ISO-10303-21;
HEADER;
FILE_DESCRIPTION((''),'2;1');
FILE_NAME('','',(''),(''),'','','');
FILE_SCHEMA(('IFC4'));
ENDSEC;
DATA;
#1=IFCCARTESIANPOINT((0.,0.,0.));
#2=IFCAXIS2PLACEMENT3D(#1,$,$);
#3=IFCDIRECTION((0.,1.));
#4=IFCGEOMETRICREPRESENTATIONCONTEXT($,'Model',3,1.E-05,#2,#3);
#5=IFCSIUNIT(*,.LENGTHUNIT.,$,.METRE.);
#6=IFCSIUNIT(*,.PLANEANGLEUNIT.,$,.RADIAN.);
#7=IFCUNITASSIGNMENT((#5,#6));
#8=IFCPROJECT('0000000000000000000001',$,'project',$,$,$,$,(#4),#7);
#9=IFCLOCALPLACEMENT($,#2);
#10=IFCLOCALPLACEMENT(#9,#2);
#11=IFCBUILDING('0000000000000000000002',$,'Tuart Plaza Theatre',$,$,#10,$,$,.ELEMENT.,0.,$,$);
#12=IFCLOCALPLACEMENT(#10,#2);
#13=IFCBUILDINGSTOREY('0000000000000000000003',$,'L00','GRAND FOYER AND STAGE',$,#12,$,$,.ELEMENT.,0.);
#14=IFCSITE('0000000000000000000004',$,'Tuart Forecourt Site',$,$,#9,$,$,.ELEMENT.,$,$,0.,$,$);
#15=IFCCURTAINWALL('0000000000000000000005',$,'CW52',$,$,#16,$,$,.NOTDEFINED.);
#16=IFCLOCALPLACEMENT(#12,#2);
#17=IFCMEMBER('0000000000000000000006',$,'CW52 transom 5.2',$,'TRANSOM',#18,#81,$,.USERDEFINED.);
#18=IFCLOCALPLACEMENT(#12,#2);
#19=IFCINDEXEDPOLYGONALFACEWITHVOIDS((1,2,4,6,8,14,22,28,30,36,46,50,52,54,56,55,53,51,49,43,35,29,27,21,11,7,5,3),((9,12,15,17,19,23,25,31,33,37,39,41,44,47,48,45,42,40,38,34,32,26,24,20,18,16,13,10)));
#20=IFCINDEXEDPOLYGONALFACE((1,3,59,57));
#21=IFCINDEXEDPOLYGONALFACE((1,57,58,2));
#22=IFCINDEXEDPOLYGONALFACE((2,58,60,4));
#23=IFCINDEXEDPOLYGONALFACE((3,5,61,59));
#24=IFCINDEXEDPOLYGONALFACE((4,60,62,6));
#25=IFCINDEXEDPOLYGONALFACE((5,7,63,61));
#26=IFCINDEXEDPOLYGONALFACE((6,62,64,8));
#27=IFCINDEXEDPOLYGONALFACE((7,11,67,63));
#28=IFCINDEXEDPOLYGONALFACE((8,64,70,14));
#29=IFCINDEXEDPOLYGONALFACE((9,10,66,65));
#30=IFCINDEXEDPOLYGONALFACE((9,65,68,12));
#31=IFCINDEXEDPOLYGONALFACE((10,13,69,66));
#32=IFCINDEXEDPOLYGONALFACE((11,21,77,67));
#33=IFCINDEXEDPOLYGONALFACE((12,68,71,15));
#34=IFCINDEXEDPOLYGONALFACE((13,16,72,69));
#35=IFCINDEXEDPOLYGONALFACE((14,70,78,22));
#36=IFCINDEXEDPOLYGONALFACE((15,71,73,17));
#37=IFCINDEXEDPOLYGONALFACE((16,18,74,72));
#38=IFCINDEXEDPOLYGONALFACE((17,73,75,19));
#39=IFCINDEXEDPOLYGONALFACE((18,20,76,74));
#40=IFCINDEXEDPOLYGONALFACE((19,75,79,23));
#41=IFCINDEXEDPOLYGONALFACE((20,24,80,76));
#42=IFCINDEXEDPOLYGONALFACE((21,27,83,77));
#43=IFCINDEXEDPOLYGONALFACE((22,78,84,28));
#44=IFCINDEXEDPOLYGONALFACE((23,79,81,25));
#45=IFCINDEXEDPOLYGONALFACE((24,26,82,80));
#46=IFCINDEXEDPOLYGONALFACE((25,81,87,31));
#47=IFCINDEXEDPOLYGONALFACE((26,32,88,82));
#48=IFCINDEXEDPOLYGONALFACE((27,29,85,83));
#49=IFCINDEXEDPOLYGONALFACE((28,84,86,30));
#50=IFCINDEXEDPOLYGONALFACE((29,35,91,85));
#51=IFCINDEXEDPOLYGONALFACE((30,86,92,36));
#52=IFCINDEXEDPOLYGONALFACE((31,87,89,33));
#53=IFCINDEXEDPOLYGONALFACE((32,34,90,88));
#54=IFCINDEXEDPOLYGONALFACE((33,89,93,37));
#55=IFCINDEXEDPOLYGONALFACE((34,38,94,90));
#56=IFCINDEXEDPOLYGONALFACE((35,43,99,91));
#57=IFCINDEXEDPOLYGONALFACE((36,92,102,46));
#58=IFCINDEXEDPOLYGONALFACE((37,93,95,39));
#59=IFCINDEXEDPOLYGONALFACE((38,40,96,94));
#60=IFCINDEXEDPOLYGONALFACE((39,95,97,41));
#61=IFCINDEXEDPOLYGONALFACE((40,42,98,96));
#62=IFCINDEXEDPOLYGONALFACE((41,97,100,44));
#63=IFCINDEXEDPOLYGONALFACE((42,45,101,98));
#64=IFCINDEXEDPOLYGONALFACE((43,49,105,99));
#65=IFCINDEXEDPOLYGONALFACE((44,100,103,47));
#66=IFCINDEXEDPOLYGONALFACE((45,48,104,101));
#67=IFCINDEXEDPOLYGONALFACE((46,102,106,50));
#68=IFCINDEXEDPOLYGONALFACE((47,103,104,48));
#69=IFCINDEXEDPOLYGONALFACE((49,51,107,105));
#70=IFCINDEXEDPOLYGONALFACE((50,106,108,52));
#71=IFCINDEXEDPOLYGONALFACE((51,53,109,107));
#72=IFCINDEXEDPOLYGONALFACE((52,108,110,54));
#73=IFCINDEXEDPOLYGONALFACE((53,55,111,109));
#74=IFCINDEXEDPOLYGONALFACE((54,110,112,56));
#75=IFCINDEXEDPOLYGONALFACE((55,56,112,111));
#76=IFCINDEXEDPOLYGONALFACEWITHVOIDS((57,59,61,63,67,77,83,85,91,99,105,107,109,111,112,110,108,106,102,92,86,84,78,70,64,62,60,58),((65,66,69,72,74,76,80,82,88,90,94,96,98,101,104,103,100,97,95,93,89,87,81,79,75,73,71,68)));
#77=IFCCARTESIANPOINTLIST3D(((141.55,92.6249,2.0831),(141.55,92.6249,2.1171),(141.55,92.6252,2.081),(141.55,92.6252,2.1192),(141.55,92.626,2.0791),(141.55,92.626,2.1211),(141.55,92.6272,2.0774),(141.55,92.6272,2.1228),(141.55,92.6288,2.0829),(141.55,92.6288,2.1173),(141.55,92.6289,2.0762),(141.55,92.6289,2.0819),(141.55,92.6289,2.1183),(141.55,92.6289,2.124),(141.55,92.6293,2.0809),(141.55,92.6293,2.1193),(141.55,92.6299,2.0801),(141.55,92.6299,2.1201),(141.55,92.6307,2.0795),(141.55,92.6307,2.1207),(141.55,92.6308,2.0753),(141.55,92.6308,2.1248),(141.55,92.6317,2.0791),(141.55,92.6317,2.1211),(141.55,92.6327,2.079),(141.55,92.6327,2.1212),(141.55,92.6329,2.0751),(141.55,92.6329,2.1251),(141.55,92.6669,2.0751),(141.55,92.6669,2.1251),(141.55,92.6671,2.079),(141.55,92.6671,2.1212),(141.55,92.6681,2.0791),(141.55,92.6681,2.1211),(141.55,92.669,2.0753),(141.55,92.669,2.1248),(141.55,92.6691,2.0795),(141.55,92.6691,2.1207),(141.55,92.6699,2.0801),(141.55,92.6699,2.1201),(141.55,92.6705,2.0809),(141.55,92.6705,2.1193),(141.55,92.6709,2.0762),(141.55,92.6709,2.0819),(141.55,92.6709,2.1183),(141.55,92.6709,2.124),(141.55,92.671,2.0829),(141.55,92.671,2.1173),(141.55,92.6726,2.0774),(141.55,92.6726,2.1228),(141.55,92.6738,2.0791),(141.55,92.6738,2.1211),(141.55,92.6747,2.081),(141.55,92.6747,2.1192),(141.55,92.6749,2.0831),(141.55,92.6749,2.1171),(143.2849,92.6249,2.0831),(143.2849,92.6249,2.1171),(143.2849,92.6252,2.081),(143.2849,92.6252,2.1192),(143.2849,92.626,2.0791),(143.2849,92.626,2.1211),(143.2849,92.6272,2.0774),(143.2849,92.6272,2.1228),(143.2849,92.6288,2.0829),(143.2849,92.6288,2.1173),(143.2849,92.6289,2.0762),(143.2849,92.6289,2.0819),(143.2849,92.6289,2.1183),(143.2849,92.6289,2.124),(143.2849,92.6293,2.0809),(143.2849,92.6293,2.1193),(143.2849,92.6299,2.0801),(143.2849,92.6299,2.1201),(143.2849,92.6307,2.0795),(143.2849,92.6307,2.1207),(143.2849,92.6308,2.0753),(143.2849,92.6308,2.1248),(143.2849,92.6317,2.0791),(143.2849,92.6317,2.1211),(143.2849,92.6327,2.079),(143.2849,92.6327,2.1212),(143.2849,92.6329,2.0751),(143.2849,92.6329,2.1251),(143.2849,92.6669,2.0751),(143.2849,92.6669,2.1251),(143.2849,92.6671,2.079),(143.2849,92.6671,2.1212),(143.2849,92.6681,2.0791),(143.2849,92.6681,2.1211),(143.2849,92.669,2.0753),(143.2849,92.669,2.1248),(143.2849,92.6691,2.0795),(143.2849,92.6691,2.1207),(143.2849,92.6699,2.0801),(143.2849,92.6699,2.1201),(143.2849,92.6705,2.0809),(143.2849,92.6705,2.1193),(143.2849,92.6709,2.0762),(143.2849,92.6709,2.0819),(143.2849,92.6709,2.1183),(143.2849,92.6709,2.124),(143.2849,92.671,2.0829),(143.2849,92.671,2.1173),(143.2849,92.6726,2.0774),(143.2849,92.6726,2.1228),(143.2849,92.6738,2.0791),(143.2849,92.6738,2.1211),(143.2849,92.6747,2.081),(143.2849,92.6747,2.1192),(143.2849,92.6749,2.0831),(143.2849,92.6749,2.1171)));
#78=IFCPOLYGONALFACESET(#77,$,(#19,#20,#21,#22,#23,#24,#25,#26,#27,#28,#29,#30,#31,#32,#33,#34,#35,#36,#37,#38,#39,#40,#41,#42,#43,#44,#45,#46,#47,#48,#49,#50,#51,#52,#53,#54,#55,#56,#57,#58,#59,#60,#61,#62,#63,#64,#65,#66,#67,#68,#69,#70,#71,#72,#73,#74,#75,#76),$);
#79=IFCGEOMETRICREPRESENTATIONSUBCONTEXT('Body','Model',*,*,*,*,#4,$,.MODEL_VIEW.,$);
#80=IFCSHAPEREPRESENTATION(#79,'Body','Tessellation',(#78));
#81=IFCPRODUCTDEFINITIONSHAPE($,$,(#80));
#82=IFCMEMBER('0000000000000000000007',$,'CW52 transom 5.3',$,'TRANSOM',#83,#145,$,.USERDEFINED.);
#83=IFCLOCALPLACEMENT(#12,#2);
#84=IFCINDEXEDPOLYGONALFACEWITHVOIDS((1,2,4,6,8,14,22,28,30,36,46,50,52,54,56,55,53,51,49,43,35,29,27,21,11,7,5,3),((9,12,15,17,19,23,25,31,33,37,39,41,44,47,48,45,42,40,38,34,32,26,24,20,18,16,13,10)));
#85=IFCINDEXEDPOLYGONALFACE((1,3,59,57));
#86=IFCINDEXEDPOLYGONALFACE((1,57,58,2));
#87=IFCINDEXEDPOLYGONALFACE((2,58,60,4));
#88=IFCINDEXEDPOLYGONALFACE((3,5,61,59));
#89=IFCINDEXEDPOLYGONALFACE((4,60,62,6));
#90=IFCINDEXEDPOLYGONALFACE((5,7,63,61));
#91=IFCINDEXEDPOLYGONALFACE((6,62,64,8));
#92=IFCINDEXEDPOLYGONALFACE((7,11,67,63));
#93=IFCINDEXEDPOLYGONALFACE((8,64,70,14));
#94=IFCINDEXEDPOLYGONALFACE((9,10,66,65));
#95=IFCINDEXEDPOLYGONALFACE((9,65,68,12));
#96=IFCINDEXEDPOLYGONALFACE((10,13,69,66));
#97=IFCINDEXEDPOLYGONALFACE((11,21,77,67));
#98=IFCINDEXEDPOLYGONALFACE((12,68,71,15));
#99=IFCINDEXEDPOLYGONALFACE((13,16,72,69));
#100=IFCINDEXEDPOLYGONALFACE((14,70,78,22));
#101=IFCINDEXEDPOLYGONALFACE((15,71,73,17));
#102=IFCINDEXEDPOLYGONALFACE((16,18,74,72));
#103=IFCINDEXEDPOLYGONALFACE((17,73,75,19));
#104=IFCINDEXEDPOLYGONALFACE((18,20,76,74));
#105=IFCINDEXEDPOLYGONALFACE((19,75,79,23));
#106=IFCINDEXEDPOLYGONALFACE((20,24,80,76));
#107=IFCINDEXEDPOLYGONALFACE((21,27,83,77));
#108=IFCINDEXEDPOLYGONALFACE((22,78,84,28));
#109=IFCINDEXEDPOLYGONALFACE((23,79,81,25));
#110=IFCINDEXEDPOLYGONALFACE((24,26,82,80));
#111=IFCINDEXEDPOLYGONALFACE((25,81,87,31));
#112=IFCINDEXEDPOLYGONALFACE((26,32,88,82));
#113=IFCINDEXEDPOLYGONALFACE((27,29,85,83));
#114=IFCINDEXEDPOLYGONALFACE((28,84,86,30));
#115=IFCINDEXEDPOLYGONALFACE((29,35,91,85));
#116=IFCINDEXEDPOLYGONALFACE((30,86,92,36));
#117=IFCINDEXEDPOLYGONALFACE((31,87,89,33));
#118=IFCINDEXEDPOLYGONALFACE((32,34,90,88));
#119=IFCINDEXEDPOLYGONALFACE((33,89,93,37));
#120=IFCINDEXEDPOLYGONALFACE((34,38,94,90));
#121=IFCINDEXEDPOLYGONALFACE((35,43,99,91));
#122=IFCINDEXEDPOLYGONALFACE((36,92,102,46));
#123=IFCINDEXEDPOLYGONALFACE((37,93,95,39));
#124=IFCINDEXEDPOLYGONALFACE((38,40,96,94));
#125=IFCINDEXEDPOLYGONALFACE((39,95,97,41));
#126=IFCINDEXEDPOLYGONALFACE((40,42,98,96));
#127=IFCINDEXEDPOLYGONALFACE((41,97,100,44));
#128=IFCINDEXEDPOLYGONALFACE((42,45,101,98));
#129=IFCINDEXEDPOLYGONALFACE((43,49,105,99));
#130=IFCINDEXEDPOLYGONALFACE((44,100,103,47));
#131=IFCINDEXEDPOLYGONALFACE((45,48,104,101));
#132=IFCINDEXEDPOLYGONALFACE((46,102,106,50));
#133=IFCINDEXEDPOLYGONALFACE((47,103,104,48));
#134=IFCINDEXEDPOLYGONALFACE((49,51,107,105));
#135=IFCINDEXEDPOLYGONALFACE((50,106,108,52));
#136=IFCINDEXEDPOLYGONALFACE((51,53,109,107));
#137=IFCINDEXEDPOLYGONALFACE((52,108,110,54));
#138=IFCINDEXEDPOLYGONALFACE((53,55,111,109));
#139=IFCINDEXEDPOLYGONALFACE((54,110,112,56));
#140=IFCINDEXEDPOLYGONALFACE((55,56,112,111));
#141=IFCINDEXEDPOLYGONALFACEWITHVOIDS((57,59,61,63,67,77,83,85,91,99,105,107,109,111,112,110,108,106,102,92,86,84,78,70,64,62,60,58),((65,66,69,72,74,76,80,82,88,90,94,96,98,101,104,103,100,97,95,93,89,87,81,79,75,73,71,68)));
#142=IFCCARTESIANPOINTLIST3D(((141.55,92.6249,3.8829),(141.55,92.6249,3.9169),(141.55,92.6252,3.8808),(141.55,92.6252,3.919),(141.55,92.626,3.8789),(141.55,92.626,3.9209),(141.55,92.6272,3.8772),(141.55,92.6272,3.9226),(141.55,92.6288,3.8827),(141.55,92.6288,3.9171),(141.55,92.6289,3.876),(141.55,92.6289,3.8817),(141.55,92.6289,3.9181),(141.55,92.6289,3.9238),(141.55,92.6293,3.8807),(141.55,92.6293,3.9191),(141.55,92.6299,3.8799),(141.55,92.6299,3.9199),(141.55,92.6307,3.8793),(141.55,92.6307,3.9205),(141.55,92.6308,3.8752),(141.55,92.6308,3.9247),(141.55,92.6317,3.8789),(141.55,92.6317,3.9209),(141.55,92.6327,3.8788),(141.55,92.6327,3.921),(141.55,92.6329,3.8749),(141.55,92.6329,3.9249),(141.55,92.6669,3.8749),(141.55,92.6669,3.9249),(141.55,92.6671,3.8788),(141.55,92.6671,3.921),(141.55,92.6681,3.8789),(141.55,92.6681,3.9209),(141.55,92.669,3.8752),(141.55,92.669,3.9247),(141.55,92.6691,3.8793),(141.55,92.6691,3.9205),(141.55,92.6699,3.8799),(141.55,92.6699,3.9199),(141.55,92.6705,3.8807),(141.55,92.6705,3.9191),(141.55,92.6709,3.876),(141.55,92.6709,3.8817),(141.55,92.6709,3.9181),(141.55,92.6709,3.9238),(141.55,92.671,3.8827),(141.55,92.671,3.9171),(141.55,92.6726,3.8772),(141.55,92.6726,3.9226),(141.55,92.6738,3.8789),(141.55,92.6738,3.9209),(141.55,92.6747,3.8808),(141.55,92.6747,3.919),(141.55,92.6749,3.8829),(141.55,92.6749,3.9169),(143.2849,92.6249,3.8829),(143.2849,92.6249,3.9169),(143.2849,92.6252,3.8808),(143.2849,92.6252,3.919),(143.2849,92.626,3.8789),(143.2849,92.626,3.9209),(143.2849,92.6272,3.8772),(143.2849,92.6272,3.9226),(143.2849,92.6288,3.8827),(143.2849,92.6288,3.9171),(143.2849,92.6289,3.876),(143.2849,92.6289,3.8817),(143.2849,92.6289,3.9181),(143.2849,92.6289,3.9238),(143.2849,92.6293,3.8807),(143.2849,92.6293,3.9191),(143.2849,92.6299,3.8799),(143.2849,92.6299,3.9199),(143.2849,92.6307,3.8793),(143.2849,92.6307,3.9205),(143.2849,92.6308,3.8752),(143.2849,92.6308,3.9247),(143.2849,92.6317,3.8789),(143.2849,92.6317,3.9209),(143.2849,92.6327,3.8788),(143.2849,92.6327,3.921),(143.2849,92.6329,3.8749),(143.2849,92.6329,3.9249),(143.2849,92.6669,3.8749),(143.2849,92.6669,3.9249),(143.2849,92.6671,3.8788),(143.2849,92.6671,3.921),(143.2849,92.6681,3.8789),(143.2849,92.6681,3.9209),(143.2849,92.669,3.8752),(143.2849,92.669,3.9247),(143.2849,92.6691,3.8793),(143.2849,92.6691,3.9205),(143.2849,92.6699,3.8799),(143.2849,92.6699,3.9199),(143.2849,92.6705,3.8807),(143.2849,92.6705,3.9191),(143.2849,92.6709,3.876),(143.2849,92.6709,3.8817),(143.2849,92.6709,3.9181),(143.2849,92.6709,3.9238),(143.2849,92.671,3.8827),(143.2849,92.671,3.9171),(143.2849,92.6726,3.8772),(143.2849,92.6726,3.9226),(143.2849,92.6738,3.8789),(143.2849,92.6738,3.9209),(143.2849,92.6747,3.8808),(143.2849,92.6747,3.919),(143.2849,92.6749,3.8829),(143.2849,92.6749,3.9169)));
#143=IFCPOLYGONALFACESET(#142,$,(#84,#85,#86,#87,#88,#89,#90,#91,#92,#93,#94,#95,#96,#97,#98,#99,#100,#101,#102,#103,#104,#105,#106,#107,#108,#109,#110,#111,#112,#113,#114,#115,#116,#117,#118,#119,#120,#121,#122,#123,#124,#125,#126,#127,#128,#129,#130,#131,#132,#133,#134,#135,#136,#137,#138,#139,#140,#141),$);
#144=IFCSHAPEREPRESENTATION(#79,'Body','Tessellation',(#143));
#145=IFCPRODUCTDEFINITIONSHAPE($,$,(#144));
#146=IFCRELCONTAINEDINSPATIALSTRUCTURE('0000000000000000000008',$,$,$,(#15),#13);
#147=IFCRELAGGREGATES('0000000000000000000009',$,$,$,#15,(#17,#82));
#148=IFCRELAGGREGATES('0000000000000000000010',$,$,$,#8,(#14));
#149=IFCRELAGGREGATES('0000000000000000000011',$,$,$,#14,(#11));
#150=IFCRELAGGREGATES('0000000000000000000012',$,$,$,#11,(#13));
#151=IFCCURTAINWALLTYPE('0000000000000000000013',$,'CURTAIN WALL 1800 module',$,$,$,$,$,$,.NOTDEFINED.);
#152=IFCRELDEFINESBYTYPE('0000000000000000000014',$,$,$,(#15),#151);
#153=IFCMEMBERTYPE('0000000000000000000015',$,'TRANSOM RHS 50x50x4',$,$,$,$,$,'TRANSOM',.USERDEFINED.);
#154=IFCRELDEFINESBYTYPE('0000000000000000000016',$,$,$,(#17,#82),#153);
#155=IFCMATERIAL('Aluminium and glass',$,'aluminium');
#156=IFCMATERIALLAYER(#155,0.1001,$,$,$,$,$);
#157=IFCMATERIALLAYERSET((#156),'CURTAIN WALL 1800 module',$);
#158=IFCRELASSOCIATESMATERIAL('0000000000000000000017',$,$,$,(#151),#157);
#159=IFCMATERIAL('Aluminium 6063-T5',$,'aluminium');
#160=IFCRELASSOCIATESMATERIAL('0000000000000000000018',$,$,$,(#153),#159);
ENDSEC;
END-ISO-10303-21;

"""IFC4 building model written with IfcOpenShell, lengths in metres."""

from ifc_helpers import new_model, si_unit, direction, frame, origin, origin_2d, place, context, subcontext, project, spatial, hollow_rectangle, extrude, material, layer, layer_set, material_profile, profile_set, type_object, element, aggregate, save


model = new_model("IFC4")

# Units and contexts
model_context = context("Model", 3, precision=1e-05, world=origin(), true_north=direction((0.0, 1.0)))
body_context = subcontext(model_context, "Body", "Model", "MODEL_VIEW")
ifc_project = project(units=[si_unit("LENGTHUNIT", "METRE"), si_unit("PLANEANGLEUNIT", "RADIAN")], contexts=[model_context])

# Site, building, storey
site_placement = place(None, origin())
site = spatial("IfcSite", under=ifc_project, at=site_placement, Name="Tuart Forecourt Site", CompositionType="ELEMENT", RefElevation=0.0)
building_placement = place(site_placement, origin())
building = spatial("IfcBuilding", under=site, at=building_placement, Name="Tuart Plaza Theatre", CompositionType="ELEMENT", ElevationOfRefHeight=0.0)
storey_placement = place(building_placement, origin())
storey = spatial("IfcBuildingStorey", under=building, at=storey_placement, Name="L00", Description="GRAND FOYER AND STAGE", CompositionType="ELEMENT", Elevation=0.0)

# Curtain wall, members
ifc_material_1 = material(Name="Aluminium and glass", Category="aluminium")
ifc_layer_1 = layer(ifc_material_1, 0.1001)
ifc_layer_set_1 = layer_set([ifc_layer_1], Name="CURTAIN WALL 1800 module")
curtain_wall_type_1 = type_object("IfcCurtainWallType", Name="CURTAIN WALL 1800 module", PredefinedType="NOTDEFINED", material=ifc_layer_set_1)
curtain_wall_1_placement = place(storey_placement, origin())
curtain_wall_1 = element("IfcCurtainWall", 1, at=curtain_wall_1_placement, inside=storey, type_object=curtain_wall_type_1, Name="CW52", PredefinedType="NOTDEFINED")
ifc_material_2 = material(Name="Aluminium 6063-T5", Category="aluminium")
ifc_material_profile_1 = material_profile(ifc_material_2, hollow_rectangle(XDim=0.05, YDim=0.05, WallThickness=0.0039, InnerFilletRadius=0.0039, OuterFilletRadius=0.0081, at=origin_2d()), Name="RHS 50x50x4")
ifc_profile_set_1 = profile_set([ifc_material_profile_1], Name="Aluminium 6063-T5")
member_type_1 = type_object("IfcMemberType", Name="TRANSOM RHS 50x50x4", ElementType="TRANSOM", PredefinedType="USERDEFINED", material=ifc_profile_set_1)
member_1_placement = place(storey_placement, frame((143.2849, 92.6499, 2.1001), z_axis=(-1.0, 0.0, 0.0), x_axis=(0.0, -1.0, 0.0)))
member_1 = element("IfcMember", 2, at=member_1_placement, type_object=member_type_1, Name="CW52 transom 5.2", ObjectType="TRANSOM", PredefinedType="USERDEFINED", context=body_context, shape_type="SweptSolid", body=[
    extrude(hollow_rectangle(XDim=0.05, YDim=0.05, WallThickness=0.0039, InnerFilletRadius=0.0039, OuterFilletRadius=0.0081, at=origin_2d()), origin(), (0.0, 0.0, 1.0), 1.7349),
])
member_2_placement = place(storey_placement, frame((143.2849, 92.6499, 3.8999), z_axis=(-1.0, 0.0, 0.0), x_axis=(0.0, -1.0, 0.0)))
member_2 = element("IfcMember", 3, at=member_2_placement, type_object=member_type_1, Name="CW52 transom 5.3", ObjectType="TRANSOM", PredefinedType="USERDEFINED", context=body_context, shape_type="SweptSolid", body=[
    extrude(hollow_rectangle(XDim=0.05, YDim=0.05, WallThickness=0.0039, InnerFilletRadius=0.0039, OuterFilletRadius=0.0081, at=origin_2d()), origin(), (0.0, 0.0, 1.0), 1.7349),
])

aggregate(curtain_wall_1, [member_1, member_2])

save(model, "model.ifc")
